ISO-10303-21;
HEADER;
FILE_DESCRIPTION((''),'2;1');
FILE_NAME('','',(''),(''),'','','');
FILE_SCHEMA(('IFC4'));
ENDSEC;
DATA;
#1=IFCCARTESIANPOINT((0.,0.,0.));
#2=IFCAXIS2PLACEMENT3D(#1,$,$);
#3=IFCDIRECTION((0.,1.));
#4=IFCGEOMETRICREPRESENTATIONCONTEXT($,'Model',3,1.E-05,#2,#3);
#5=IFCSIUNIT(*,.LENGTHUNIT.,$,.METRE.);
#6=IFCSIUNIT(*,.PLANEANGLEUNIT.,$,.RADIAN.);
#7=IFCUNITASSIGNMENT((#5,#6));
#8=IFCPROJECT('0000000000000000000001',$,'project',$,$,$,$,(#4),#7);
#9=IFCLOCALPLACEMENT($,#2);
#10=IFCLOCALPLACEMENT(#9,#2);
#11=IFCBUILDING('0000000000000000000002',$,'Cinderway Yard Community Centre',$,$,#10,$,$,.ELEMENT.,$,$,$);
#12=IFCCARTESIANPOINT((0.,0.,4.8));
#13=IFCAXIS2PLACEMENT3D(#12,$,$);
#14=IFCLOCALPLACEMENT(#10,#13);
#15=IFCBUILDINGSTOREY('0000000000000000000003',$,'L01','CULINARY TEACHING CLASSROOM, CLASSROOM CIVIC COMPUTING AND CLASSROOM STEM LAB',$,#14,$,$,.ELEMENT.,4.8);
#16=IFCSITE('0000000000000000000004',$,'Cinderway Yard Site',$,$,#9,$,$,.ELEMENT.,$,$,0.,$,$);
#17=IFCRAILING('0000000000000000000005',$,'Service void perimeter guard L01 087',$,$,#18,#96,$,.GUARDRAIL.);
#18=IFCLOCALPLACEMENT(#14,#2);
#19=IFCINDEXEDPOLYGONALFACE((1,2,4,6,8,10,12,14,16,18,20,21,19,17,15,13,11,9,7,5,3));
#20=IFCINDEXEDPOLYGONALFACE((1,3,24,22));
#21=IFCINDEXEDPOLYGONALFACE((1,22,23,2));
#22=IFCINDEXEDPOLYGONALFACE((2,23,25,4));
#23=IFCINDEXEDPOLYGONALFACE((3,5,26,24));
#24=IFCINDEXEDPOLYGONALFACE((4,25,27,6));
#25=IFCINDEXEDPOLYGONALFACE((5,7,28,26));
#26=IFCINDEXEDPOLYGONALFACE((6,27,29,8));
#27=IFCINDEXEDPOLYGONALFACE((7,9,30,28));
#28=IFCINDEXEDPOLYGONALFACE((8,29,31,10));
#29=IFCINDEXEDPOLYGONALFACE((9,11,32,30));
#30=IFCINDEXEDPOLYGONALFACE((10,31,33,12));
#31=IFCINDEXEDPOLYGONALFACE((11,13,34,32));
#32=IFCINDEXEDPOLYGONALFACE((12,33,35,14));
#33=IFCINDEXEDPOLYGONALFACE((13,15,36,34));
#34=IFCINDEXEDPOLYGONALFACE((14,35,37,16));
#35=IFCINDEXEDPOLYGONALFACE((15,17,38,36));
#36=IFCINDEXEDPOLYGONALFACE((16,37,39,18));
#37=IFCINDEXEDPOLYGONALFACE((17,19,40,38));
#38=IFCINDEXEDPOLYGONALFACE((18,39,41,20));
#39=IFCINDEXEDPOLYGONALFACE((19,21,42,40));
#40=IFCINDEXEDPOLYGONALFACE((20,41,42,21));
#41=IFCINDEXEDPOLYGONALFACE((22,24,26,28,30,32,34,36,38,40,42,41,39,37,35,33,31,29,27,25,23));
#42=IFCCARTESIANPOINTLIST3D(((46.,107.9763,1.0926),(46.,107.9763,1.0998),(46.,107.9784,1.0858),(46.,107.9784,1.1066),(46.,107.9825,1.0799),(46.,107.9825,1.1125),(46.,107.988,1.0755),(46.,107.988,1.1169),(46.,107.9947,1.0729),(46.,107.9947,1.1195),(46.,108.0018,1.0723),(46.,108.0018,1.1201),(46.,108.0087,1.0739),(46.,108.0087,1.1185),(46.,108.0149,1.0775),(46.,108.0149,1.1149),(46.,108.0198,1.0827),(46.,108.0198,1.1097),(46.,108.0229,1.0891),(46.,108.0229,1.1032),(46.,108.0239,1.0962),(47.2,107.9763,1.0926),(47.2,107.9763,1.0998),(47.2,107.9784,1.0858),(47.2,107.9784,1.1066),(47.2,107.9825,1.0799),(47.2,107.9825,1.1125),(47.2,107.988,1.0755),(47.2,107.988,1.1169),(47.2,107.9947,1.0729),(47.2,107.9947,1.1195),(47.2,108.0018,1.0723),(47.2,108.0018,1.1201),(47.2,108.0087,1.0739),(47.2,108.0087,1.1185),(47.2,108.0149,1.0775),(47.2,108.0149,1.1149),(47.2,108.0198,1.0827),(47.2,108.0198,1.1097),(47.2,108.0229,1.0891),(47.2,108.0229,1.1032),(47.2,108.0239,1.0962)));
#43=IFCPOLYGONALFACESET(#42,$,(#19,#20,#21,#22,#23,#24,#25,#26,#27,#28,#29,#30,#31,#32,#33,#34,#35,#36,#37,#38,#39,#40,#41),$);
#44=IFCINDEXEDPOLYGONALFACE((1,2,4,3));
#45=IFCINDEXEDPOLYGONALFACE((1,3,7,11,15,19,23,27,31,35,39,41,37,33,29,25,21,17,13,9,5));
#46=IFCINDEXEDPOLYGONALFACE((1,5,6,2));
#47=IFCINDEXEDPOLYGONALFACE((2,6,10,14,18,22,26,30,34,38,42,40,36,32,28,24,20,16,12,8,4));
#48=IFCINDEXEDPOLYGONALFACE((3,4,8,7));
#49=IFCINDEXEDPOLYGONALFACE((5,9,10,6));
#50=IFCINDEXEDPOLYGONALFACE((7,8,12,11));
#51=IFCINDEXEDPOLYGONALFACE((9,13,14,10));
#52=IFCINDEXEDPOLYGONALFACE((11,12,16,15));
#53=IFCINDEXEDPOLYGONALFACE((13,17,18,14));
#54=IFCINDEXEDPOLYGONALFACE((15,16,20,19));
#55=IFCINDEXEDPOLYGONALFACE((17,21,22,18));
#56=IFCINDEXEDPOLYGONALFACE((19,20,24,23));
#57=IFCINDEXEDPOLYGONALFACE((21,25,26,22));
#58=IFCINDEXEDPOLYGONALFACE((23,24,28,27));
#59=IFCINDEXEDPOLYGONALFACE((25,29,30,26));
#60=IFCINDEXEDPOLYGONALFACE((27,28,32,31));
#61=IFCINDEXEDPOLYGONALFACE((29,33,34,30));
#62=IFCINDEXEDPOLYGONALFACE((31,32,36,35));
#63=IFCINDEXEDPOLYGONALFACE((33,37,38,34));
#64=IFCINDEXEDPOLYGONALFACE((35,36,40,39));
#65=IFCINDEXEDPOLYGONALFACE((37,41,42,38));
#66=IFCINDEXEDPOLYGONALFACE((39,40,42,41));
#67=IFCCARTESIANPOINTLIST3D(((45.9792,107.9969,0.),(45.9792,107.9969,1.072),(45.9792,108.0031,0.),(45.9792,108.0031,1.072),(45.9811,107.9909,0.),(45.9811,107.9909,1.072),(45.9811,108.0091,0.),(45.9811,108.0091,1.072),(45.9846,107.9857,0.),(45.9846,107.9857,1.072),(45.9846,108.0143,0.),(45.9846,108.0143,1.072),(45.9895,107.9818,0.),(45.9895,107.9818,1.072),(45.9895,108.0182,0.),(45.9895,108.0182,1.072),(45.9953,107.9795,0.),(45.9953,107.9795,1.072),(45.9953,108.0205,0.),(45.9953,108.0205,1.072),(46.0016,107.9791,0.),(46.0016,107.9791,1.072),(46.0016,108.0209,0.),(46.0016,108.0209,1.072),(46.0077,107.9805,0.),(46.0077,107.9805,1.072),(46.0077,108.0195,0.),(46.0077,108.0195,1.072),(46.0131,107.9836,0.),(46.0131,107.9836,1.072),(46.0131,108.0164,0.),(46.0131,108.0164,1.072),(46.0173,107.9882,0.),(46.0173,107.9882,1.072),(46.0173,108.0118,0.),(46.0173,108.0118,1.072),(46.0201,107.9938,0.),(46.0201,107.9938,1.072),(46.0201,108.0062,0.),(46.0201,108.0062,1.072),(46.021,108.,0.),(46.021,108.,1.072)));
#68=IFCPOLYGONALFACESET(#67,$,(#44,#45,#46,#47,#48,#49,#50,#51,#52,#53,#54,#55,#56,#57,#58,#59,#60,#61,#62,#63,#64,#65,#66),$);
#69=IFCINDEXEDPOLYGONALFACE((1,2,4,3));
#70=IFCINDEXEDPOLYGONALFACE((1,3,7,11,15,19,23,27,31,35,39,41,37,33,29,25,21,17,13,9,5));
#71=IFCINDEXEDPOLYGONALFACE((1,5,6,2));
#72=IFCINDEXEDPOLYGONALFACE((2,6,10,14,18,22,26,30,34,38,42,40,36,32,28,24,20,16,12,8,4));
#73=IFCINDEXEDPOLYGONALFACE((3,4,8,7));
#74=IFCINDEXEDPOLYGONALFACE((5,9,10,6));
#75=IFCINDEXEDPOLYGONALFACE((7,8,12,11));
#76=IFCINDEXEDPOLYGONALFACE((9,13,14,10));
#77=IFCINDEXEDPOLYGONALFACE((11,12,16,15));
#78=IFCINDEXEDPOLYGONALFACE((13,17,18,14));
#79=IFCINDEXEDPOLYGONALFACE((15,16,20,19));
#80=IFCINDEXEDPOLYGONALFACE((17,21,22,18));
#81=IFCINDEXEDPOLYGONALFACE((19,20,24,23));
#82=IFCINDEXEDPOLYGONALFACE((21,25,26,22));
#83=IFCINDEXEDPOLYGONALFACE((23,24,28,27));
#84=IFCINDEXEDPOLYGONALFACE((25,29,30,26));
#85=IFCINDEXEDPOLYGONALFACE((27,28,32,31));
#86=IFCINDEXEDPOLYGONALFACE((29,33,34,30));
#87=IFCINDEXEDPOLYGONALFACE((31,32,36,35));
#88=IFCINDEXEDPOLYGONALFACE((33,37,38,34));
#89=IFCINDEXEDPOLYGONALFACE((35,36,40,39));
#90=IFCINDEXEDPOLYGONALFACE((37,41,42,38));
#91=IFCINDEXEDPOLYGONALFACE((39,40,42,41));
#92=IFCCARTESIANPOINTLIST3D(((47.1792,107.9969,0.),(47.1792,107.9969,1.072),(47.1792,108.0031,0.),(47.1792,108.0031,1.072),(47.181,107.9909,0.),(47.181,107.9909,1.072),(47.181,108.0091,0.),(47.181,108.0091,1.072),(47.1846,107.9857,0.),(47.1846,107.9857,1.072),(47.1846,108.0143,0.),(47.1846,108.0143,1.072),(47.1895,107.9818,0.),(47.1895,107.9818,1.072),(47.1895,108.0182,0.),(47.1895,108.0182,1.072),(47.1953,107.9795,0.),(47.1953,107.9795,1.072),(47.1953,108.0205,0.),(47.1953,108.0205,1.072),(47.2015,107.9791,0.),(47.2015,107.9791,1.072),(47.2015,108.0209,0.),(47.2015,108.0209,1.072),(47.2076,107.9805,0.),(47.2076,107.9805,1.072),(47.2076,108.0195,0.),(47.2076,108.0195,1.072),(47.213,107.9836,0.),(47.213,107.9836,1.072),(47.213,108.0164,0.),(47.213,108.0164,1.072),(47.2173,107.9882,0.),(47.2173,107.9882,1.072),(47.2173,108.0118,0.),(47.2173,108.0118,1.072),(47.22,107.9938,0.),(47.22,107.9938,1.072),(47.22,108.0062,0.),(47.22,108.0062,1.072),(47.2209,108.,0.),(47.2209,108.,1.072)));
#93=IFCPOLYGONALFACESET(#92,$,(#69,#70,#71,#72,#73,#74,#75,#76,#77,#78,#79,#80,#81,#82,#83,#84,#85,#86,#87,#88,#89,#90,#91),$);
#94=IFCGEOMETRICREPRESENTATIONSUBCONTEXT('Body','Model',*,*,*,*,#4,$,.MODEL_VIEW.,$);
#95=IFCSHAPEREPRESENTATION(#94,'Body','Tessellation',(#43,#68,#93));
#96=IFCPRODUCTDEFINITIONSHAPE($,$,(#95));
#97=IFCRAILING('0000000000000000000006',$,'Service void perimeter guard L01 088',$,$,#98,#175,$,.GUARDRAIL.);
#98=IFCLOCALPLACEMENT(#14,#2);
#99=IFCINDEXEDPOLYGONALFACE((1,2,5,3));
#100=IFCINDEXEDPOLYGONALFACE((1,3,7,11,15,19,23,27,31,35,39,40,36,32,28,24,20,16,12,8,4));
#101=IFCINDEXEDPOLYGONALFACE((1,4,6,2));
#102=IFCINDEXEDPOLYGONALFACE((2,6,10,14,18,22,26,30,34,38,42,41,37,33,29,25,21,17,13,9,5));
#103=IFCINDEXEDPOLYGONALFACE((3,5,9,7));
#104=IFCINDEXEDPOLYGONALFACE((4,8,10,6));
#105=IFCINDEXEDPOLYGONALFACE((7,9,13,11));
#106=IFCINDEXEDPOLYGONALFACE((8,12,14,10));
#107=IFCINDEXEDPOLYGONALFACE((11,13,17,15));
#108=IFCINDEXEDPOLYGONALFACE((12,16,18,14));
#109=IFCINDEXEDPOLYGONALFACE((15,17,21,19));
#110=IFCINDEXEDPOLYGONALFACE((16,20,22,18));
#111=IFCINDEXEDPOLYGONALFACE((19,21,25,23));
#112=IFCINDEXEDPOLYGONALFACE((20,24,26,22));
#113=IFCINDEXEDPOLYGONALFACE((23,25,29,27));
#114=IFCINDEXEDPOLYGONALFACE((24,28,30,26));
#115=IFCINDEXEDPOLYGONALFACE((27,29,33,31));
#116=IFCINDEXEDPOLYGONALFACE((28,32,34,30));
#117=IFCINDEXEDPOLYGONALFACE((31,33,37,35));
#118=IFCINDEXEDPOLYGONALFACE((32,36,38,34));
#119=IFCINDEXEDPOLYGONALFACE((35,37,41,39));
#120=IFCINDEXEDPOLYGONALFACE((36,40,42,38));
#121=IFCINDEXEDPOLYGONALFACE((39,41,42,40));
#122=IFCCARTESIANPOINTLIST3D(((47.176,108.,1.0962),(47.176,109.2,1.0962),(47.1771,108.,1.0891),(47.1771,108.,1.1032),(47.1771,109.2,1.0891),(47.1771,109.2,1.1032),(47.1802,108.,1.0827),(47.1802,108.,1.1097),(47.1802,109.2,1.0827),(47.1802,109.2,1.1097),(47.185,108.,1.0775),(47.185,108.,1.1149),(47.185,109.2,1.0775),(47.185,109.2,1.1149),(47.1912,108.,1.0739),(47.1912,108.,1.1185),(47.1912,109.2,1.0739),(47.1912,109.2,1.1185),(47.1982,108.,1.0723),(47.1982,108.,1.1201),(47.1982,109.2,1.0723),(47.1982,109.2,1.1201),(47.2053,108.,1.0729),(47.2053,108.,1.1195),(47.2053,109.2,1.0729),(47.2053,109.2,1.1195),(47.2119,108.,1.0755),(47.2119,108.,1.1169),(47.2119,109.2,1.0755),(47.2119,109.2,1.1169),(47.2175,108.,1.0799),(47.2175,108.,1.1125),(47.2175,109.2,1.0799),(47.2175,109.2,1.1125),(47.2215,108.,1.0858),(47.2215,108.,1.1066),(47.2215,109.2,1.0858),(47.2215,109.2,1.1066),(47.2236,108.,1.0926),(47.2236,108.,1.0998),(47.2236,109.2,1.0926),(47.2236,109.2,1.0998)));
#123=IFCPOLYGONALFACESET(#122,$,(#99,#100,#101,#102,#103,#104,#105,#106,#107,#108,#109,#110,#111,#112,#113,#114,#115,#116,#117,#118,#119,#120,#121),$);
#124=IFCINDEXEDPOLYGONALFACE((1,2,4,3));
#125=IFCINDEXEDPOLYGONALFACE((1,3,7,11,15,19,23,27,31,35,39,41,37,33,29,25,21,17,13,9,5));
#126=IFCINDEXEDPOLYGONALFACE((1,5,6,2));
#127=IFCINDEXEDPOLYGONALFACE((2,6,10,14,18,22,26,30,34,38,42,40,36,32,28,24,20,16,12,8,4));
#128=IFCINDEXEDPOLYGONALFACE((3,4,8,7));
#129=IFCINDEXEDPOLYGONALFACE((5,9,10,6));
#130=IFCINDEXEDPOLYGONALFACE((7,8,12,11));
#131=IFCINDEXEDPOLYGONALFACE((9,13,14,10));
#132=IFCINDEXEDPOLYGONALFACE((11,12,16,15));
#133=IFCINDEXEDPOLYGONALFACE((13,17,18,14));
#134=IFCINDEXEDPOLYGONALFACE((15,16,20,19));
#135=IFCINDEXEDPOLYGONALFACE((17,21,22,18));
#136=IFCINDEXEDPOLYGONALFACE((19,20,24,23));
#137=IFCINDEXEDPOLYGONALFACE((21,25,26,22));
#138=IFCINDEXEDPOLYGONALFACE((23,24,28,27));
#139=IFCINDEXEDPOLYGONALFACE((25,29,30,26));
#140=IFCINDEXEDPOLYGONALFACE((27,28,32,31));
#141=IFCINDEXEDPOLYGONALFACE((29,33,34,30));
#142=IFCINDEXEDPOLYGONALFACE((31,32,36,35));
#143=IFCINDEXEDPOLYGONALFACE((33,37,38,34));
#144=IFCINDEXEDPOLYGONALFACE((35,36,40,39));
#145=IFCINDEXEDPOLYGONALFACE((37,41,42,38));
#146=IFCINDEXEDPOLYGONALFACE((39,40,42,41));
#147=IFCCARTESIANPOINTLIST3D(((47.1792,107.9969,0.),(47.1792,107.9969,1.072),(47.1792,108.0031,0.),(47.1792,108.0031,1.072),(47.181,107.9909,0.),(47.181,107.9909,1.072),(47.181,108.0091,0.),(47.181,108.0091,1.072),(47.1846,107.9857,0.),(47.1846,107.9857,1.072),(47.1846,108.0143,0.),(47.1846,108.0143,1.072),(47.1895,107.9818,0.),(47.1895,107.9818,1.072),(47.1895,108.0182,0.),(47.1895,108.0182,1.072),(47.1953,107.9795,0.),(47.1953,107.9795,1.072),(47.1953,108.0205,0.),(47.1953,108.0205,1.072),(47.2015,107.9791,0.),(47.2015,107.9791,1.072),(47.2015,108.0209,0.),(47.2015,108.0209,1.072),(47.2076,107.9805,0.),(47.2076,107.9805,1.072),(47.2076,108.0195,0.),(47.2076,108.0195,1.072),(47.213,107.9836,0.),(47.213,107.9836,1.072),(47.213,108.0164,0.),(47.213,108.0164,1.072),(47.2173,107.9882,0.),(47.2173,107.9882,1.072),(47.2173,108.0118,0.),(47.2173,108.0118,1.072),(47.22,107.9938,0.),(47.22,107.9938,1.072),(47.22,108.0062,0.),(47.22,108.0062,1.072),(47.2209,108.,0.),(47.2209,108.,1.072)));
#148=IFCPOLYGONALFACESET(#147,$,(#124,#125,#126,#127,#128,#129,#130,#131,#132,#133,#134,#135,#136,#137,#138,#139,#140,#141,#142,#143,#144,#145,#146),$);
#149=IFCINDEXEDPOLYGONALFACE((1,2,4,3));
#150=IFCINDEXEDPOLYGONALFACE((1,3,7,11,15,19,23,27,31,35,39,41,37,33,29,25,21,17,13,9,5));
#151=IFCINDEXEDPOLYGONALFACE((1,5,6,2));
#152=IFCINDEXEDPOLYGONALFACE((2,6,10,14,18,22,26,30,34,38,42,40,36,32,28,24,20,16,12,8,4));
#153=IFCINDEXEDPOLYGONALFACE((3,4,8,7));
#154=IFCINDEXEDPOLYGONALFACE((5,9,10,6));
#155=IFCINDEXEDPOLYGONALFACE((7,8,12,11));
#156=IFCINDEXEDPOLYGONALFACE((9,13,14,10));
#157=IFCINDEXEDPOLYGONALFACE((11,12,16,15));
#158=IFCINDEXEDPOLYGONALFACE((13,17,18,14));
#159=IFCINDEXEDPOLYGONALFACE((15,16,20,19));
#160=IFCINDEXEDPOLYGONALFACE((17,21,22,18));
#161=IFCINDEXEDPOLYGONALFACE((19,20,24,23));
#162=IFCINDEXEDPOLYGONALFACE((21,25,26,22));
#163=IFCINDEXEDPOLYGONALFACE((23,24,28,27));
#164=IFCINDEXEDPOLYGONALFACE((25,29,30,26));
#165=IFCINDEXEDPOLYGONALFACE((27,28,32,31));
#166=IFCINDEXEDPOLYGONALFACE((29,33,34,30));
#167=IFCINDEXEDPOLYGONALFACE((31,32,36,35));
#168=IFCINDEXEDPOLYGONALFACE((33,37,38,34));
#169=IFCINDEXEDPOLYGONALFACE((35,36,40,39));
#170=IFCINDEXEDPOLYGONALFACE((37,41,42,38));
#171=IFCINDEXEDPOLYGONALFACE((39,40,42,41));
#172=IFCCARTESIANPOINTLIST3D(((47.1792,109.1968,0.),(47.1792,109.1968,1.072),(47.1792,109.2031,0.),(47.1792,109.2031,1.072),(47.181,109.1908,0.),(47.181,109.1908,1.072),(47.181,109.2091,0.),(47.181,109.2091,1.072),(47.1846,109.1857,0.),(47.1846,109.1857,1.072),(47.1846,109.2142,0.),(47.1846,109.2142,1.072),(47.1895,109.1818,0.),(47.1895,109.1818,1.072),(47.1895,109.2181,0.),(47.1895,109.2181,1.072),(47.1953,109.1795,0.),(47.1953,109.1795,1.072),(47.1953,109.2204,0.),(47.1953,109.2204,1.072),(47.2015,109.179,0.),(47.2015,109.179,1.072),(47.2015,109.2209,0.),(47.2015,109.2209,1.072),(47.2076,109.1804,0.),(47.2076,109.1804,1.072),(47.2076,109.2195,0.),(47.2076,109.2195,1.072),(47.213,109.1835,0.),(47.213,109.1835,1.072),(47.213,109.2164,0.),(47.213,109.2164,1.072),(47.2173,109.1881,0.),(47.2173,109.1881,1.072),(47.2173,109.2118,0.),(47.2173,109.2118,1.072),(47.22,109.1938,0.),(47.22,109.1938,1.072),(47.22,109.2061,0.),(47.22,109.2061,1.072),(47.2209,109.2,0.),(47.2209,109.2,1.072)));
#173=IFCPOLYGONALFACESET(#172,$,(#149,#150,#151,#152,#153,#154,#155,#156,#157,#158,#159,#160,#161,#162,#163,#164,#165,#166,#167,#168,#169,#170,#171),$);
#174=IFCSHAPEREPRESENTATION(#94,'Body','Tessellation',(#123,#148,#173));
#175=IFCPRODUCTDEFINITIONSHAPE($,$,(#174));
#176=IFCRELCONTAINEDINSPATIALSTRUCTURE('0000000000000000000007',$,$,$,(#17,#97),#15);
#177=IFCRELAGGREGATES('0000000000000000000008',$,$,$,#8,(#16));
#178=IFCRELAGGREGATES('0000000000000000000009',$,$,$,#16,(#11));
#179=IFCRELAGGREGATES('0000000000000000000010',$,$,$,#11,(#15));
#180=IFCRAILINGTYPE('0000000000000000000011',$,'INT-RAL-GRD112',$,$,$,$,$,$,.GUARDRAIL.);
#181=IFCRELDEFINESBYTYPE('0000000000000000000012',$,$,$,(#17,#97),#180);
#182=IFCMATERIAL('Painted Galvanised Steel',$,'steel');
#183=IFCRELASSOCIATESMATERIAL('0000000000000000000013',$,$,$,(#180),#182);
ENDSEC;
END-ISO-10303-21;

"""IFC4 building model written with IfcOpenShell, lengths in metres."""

from ifc_helpers import new_model, si_unit, direction, frame, origin, origin_2d, place, context, subcontext, project, spatial, circle, extrude, material, type_object, element, save


model = new_model("IFC4")

# Units and contexts
model_context = context("Model", 3, precision=1e-05, world=origin(), true_north=direction((0.0, 1.0)))
body_context = subcontext(model_context, "Body", "Model", "MODEL_VIEW")
ifc_project = project(units=[si_unit("LENGTHUNIT", "METRE"), si_unit("PLANEANGLEUNIT", "RADIAN")], contexts=[model_context])

# Site, building, storey
site_placement = place(None, origin())
site = spatial("IfcSite", under=ifc_project, at=site_placement, Name="Cinderway Yard Site", CompositionType="ELEMENT", RefElevation=0.0)
building_placement = place(site_placement, origin())
building = spatial("IfcBuilding", under=site, at=building_placement, Name="Cinderway Yard Community Centre", CompositionType="ELEMENT")
storey_placement = place(building_placement, frame((0.0, 0.0, 4.8)))
storey = spatial("IfcBuildingStorey", under=building, at=storey_placement, Name="L01", Description="CULINARY TEACHING CLASSROOM, CLASSROOM CIVIC COMPUTING AND CLASSROOM STEM LAB", CompositionType="ELEMENT", Elevation=4.8)

# Railings
ifc_material_1 = material(Name="Painted Galvanised Steel", Category="steel")
railing_type = type_object("IfcRailingType", Name="INT-RAL-GRD112", PredefinedType="GUARDRAIL", material=ifc_material_1)
railing_1_placement = place(storey_placement, frame((46.0, 108.0, 0.0)))
element("IfcRailing", 1, at=railing_1_placement, inside=storey, type_object=railing_type, Name="Service void perimeter guard L01 087", PredefinedType="GUARDRAIL", context=body_context, shape_type="SweptSolid", body=[
    extrude(circle(Radius=0.0239, at=origin_2d()), frame((0.0, 0.0, 1.0962), z_axis=(1.0, 0.0, 0.0), x_axis=(0.0, 1.0, 0.0)), (0.0, 0.0, 1.0), 1.2),
    extrude(circle(Radius=0.021, at=origin_2d()), origin(), (0.0, 0.0, 1.0), 1.072),
    extrude(circle(Radius=0.021, at=origin_2d()), frame((1.2, 0.0, 0.0)), (0.0, 0.0, 1.0), 1.072),
])
railing_2_placement = place(storey_placement, frame((47.2, 108.0, 0.0)))
element("IfcRailing", 2, at=railing_2_placement, inside=storey, type_object=railing_type, Name="Service void perimeter guard L01 088", PredefinedType="GUARDRAIL", context=body_context, shape_type="SweptSolid", body=[
    extrude(circle(Radius=0.0239, at=origin_2d()), frame((0.0, 0.0, 1.0962), z_axis=(0.0, 1.0, 0.0), x_axis=(-1.0, 0.0, 0.0)), (0.0, 0.0, 1.0), 1.2),
    extrude(circle(Radius=0.021, at=origin_2d()), origin(), (0.0, 0.0, 1.0), 1.072),
    extrude(circle(Radius=0.021, at=origin_2d()), frame((0.0, 1.2, 0.0)), (0.0, 0.0, 1.0), 1.072),
])

save(model, "model.ifc")
